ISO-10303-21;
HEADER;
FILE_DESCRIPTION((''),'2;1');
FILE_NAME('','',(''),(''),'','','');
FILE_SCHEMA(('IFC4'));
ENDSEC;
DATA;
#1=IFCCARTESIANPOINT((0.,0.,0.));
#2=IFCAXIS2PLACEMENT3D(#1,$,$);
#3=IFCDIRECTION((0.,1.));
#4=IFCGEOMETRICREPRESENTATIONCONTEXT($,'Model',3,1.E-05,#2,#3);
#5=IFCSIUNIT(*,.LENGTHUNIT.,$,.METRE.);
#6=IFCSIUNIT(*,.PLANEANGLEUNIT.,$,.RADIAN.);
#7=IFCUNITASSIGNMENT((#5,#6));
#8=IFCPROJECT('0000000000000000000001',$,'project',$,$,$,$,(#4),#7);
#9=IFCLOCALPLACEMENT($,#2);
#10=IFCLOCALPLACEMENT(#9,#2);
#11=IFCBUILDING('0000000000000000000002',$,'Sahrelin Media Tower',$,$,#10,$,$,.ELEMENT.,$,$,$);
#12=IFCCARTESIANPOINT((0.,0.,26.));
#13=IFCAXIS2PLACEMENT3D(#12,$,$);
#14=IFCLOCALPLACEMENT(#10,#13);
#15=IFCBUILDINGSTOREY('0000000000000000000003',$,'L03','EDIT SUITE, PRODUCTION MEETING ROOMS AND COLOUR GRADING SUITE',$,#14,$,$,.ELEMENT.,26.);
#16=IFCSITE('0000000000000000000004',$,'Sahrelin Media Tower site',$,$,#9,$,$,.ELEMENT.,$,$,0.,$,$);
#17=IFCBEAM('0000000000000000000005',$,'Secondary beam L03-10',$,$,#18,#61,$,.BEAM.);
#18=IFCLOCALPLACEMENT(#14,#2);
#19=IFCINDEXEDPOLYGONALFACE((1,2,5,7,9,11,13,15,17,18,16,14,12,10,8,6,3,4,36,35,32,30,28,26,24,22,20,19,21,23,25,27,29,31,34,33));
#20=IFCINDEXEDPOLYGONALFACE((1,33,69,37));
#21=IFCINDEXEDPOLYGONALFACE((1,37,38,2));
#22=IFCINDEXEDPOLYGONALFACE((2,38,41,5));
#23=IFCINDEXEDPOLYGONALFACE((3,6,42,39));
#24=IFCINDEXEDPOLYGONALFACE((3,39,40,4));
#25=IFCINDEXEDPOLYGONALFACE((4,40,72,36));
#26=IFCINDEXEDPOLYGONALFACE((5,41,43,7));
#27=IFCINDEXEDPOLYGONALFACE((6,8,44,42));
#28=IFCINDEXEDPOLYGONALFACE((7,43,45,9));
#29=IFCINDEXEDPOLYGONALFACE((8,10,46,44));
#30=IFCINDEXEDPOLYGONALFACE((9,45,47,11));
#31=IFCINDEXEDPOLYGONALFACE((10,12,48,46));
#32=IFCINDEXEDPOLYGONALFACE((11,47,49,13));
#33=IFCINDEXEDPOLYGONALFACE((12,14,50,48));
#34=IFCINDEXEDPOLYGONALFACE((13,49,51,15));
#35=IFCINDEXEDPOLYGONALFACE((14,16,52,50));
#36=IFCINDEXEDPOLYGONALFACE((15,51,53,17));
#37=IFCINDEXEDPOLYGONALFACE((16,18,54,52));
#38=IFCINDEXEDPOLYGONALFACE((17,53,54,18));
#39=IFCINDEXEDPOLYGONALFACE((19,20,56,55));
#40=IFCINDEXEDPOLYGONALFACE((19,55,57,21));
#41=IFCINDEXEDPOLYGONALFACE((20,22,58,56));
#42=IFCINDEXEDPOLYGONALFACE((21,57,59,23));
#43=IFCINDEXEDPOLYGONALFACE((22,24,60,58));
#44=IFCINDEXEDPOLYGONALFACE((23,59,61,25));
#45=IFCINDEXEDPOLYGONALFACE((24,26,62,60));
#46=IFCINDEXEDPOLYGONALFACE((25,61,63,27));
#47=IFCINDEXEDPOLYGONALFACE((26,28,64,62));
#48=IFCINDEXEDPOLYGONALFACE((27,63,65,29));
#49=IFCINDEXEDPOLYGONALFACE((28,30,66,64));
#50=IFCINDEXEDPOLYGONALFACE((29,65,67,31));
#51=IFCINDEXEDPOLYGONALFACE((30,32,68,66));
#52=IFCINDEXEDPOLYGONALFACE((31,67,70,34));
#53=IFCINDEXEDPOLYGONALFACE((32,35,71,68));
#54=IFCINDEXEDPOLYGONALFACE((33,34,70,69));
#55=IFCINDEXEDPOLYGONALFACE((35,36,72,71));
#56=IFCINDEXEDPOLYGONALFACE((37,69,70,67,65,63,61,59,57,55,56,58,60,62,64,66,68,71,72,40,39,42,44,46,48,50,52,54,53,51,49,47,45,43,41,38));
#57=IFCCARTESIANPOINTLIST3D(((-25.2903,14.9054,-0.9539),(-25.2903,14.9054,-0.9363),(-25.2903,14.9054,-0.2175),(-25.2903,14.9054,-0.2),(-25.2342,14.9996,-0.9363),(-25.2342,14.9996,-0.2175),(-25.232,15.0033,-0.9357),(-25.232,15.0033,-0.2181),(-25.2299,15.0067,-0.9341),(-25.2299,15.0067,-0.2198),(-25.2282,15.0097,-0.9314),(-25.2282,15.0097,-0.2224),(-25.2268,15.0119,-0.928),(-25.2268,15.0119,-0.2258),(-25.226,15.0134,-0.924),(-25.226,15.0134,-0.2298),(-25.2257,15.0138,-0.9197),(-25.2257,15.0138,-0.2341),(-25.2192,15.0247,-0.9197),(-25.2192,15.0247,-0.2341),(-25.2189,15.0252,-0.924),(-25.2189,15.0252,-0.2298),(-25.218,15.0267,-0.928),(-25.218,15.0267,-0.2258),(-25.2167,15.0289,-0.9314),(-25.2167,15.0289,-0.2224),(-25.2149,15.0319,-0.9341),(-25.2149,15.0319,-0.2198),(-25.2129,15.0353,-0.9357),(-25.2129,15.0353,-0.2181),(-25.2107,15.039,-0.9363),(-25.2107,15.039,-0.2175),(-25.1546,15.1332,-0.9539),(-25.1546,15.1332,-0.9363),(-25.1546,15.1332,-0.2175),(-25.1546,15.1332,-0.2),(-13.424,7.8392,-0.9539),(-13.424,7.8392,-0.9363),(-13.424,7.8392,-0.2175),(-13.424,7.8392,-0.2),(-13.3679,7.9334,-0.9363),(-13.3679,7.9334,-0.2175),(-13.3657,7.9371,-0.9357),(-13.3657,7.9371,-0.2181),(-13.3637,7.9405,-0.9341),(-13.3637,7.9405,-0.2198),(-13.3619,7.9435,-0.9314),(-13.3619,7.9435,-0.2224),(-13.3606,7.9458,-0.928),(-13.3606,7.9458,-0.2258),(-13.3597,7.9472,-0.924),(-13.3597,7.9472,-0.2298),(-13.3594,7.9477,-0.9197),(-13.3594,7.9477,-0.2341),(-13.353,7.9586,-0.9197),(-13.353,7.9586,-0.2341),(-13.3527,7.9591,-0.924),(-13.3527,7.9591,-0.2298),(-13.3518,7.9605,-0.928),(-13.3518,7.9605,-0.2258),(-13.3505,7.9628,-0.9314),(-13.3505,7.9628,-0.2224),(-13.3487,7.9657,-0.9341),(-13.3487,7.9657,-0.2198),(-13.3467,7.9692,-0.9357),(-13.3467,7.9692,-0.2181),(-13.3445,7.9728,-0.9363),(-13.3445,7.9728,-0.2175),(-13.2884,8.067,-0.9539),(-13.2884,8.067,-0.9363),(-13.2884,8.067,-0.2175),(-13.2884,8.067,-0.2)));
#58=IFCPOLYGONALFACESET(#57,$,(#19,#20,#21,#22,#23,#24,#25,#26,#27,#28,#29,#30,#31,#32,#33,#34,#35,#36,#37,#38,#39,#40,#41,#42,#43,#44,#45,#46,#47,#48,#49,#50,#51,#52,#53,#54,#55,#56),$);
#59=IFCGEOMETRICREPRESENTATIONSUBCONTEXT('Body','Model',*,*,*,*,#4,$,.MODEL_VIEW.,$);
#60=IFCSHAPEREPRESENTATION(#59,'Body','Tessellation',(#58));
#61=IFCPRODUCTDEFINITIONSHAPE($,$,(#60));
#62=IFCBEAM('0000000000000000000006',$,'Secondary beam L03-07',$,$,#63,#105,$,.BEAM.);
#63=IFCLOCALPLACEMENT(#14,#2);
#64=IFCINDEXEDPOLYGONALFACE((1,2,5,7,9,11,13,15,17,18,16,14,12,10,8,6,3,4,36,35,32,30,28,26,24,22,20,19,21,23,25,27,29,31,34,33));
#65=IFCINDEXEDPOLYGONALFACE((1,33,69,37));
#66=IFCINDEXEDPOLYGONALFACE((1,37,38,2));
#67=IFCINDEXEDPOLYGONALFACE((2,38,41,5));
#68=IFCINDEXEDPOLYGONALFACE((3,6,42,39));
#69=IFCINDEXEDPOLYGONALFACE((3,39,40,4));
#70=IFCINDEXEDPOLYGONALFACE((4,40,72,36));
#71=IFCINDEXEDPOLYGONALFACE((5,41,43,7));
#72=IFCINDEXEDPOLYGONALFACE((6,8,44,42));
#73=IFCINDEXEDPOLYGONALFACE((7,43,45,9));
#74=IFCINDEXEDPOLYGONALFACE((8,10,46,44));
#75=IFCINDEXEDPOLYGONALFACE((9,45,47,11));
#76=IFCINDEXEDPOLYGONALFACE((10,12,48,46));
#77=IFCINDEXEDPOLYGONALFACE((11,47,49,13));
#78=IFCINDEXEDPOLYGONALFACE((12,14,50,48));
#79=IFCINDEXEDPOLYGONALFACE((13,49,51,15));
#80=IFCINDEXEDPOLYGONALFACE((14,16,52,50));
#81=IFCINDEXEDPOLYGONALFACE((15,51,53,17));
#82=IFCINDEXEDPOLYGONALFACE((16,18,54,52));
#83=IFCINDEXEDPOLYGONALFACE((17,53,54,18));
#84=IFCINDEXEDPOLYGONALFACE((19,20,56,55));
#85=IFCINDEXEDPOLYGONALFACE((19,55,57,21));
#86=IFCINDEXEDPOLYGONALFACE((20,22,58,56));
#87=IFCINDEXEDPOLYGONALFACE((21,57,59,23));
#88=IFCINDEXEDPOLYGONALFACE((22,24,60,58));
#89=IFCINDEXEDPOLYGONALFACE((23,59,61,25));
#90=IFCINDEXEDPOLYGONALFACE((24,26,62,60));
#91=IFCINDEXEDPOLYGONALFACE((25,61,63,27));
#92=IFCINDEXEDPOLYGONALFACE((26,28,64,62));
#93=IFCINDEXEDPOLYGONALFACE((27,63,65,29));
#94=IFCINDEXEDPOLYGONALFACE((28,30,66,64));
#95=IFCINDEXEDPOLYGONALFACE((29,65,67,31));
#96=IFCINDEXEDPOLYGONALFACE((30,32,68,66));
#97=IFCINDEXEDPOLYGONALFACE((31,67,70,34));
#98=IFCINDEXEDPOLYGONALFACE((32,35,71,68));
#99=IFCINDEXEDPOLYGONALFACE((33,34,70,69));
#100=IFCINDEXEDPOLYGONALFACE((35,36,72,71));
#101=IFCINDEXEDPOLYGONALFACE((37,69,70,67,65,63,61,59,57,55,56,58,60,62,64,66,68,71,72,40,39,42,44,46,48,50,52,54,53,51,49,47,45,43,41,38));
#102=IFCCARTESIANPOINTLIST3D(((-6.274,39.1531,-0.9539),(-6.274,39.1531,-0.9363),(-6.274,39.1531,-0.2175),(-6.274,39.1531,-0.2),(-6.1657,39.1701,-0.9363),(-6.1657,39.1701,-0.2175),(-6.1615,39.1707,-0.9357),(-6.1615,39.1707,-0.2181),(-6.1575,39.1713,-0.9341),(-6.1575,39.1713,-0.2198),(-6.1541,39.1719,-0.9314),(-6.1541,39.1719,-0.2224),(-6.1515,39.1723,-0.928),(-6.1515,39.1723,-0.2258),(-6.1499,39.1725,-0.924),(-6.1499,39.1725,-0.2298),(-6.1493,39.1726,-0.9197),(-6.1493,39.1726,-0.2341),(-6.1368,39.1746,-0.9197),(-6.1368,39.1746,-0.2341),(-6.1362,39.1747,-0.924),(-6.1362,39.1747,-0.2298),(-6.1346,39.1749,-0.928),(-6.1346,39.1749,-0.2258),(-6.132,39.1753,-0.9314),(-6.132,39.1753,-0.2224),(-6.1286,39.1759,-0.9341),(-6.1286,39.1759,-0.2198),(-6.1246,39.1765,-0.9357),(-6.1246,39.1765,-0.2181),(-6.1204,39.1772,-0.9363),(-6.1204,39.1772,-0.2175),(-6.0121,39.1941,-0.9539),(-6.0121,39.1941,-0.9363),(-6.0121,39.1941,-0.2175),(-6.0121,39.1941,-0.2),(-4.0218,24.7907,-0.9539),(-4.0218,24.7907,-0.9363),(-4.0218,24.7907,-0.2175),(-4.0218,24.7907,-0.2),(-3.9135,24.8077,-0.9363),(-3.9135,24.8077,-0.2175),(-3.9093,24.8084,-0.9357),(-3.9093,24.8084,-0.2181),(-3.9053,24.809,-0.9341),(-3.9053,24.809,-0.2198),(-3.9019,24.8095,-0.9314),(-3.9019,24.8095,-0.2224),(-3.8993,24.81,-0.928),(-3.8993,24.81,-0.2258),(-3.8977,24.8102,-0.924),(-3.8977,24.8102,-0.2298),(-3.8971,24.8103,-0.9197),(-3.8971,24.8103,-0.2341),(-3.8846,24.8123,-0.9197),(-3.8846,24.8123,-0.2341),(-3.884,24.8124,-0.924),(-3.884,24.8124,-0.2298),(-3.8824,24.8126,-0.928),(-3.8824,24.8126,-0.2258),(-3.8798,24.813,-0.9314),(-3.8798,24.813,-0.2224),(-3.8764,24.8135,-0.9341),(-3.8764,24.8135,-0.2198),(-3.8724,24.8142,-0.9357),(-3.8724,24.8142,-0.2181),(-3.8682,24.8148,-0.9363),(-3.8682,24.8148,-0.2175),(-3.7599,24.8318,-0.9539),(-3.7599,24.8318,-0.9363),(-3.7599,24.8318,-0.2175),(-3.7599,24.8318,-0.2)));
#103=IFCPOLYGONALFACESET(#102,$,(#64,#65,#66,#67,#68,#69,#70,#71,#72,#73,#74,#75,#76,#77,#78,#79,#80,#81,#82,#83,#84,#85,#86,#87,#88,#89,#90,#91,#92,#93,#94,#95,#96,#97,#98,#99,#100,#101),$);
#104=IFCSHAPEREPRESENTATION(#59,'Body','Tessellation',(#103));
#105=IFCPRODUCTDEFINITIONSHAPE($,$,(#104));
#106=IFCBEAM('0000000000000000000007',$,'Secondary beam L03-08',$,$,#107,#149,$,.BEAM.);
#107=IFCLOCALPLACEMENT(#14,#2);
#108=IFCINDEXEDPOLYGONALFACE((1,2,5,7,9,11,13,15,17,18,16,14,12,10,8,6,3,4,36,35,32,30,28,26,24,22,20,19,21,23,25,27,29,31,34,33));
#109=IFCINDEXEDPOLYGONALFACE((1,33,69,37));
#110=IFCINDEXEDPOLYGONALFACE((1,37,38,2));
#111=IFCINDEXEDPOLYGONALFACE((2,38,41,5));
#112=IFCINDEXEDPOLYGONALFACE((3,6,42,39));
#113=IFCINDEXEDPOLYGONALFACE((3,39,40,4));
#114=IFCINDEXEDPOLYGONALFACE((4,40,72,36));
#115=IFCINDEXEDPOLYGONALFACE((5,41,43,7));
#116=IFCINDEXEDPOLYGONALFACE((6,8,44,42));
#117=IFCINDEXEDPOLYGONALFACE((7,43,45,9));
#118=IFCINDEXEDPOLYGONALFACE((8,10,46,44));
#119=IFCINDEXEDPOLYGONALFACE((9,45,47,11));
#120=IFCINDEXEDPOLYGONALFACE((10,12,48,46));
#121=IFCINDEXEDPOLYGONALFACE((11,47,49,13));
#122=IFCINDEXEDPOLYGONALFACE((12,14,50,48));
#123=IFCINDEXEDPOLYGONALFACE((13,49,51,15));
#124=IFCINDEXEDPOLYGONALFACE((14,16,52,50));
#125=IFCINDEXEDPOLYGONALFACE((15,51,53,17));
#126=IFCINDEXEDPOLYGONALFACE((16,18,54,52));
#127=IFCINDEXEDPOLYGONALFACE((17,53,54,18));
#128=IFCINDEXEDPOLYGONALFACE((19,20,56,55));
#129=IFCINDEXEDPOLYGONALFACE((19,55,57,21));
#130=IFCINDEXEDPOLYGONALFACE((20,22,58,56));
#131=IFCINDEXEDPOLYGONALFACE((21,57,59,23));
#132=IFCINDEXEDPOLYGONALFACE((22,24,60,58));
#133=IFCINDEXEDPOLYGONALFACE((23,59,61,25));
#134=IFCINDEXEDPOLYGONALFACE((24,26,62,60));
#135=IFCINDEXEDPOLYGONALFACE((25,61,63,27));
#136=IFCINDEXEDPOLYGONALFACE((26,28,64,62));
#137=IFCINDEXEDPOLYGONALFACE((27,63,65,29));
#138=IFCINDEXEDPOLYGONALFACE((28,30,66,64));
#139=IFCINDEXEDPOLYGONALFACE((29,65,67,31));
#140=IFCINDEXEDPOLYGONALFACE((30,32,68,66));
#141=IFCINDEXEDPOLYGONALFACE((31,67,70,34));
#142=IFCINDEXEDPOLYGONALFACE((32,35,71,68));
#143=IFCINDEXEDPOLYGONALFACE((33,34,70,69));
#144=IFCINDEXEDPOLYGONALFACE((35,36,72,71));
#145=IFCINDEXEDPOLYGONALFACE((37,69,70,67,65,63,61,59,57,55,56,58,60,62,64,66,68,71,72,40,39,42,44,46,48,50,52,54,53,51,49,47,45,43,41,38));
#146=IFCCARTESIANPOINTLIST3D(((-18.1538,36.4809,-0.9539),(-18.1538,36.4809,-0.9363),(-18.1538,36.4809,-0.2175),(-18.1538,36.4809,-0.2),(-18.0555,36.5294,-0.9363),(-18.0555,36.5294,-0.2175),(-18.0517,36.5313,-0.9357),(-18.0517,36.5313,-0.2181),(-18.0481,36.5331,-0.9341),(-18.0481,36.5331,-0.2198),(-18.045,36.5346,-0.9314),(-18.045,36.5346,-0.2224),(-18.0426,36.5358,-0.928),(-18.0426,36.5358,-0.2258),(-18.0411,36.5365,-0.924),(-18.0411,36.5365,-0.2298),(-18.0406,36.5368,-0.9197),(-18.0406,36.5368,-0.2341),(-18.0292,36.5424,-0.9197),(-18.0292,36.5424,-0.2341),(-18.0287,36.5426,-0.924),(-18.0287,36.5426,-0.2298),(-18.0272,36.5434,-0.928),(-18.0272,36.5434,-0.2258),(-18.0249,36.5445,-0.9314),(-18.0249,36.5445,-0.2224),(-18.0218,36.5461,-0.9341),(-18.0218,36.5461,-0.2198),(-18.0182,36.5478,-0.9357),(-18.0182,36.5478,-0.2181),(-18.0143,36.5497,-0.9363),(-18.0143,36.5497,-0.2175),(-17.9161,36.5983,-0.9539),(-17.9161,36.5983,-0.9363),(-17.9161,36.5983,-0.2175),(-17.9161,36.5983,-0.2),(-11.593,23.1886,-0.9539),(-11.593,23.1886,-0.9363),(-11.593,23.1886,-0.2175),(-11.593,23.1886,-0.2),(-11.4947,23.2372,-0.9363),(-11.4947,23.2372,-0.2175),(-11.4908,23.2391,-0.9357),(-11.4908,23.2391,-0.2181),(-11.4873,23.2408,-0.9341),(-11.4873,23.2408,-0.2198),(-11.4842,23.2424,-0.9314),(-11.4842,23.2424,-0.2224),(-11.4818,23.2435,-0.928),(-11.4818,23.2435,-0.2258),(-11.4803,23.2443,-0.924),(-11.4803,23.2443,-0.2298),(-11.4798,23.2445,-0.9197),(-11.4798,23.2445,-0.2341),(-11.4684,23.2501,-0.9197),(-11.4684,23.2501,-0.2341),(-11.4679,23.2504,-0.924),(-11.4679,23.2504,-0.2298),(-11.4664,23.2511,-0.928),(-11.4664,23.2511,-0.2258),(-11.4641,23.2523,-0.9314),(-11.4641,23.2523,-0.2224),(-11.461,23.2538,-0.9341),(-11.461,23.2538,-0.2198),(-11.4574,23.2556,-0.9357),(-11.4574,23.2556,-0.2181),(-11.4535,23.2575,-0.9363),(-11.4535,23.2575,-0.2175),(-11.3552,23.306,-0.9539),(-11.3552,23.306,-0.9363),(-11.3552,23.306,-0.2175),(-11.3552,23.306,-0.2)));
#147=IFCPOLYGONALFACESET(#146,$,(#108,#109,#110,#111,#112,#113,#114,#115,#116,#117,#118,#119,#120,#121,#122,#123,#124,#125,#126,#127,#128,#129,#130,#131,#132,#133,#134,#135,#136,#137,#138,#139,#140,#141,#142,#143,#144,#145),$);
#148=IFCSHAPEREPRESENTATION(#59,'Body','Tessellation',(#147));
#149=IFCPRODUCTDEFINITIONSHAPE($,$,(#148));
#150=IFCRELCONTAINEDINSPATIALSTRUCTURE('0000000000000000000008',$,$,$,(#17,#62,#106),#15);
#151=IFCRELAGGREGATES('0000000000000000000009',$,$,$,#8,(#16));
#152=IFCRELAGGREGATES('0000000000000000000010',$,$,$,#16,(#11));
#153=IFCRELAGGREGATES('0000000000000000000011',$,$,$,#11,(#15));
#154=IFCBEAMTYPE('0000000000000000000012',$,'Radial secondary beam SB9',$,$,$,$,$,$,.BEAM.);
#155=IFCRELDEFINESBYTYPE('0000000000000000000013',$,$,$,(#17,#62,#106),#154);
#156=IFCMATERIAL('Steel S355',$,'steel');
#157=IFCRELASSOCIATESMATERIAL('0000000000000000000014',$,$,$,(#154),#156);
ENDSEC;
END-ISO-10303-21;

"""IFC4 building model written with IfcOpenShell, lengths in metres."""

from ifc_helpers import new_model, si_unit, direction, frame, origin, origin_2d, place, context, subcontext, project, spatial, i_section, extrude, material, material_profile, profile_set, type_object, element, save


model = new_model("IFC4")

# Units and contexts
model_context = context("Model", 3, precision=1e-05, world=origin(), true_north=direction((0.0, 1.0)))
body_context = subcontext(model_context, "Body", "Model", "MODEL_VIEW")
ifc_project = project(units=[si_unit("LENGTHUNIT", "METRE"), si_unit("PLANEANGLEUNIT", "RADIAN")], contexts=[model_context])

# Site, building, storey
site_placement = place(None, origin())
site = spatial("IfcSite", under=ifc_project, at=site_placement, Name="Sahrelin Media Tower site", CompositionType="ELEMENT", RefElevation=0.0)
building_placement = place(site_placement, origin())
building = spatial("IfcBuilding", under=site, at=building_placement, Name="Sahrelin Media Tower", CompositionType="ELEMENT")
storey_placement = place(building_placement, frame((0.0, 0.0, 26.0)))
storey = spatial("IfcBuildingStorey", under=building, at=storey_placement, Name="L03", Description="EDIT SUITE, PRODUCTION MEETING ROOMS AND COLOUR GRADING SUITE", CompositionType="ELEMENT", Elevation=26.0)

# Beams
ifc_material_1 = material(Name="Steel S355", Category="steel")
ifc_material_profile_1 = material_profile(ifc_material_1, i_section(OverallWidth=0.2651, OverallDepth=0.7539, WebThickness=0.0127, FlangeThickness=0.0176, FilletRadius=0.0166, at=origin_2d()), Name="UB 762x267x147")
ifc_profile_set_1 = profile_set([ifc_material_profile_1], Name="Steel S355")
beam_type_1 = type_object("IfcBeamType", Name="Radial secondary beam SB9", PredefinedType="BEAM", material=ifc_profile_set_1)
beam_1_placement = place(storey_placement, frame((-13.3562, 7.9531, -0.5769), z_axis=(-0.859199, 0.511641, 0.0), x_axis=(-0.511641, -0.859199, 0.0)))
element("IfcBeam", 1, at=beam_1_placement, inside=storey, type_object=beam_type_1, Name="Secondary beam L03-10", PredefinedType="BEAM", context=body_context, shape_type="SweptSolid", body=[
    extrude(i_section(OverallWidth=0.2651, OverallDepth=0.7539, WebThickness=0.0127, FlangeThickness=0.0176, FilletRadius=0.0166, at=origin_2d()), origin(), (0.0, 0.0, 1.0), 13.8108),
])
beam_2_placement = place(storey_placement, frame((-3.8909, 24.8113, -0.5769), z_axis=(-0.15492, 0.987927, 0.0), x_axis=(-0.987927, -0.15492, 0.0)))
element("IfcBeam", 2, at=beam_2_placement, inside=storey, type_object=beam_type_1, Name="Secondary beam L03-07", PredefinedType="BEAM", context=body_context, shape_type="SweptSolid", body=[
    extrude(i_section(OverallWidth=0.2651, OverallDepth=0.7539, WebThickness=0.0127, FlangeThickness=0.0176, FilletRadius=0.0166, at=origin_2d()), origin(), (0.0, 0.0, 1.0), 14.5378),
])
beam_3_placement = place(storey_placement, frame((-11.4741, 23.2473, -0.5769), z_axis=(-0.442603, 0.896718, 0.0), x_axis=(-0.896718, -0.442603, 0.0)))
element("IfcBeam", 3, at=beam_3_placement, inside=storey, type_object=beam_type_1, Name="Secondary beam L03-08", PredefinedType="BEAM", context=body_context, shape_type="SweptSolid", body=[
    extrude(i_section(OverallWidth=0.2651, OverallDepth=0.7539, WebThickness=0.0127, FlangeThickness=0.0176, FilletRadius=0.0166, at=origin_2d()), origin(), (0.0, 0.0, 1.0), 14.8232),
])

save(model, "model.ifc")
